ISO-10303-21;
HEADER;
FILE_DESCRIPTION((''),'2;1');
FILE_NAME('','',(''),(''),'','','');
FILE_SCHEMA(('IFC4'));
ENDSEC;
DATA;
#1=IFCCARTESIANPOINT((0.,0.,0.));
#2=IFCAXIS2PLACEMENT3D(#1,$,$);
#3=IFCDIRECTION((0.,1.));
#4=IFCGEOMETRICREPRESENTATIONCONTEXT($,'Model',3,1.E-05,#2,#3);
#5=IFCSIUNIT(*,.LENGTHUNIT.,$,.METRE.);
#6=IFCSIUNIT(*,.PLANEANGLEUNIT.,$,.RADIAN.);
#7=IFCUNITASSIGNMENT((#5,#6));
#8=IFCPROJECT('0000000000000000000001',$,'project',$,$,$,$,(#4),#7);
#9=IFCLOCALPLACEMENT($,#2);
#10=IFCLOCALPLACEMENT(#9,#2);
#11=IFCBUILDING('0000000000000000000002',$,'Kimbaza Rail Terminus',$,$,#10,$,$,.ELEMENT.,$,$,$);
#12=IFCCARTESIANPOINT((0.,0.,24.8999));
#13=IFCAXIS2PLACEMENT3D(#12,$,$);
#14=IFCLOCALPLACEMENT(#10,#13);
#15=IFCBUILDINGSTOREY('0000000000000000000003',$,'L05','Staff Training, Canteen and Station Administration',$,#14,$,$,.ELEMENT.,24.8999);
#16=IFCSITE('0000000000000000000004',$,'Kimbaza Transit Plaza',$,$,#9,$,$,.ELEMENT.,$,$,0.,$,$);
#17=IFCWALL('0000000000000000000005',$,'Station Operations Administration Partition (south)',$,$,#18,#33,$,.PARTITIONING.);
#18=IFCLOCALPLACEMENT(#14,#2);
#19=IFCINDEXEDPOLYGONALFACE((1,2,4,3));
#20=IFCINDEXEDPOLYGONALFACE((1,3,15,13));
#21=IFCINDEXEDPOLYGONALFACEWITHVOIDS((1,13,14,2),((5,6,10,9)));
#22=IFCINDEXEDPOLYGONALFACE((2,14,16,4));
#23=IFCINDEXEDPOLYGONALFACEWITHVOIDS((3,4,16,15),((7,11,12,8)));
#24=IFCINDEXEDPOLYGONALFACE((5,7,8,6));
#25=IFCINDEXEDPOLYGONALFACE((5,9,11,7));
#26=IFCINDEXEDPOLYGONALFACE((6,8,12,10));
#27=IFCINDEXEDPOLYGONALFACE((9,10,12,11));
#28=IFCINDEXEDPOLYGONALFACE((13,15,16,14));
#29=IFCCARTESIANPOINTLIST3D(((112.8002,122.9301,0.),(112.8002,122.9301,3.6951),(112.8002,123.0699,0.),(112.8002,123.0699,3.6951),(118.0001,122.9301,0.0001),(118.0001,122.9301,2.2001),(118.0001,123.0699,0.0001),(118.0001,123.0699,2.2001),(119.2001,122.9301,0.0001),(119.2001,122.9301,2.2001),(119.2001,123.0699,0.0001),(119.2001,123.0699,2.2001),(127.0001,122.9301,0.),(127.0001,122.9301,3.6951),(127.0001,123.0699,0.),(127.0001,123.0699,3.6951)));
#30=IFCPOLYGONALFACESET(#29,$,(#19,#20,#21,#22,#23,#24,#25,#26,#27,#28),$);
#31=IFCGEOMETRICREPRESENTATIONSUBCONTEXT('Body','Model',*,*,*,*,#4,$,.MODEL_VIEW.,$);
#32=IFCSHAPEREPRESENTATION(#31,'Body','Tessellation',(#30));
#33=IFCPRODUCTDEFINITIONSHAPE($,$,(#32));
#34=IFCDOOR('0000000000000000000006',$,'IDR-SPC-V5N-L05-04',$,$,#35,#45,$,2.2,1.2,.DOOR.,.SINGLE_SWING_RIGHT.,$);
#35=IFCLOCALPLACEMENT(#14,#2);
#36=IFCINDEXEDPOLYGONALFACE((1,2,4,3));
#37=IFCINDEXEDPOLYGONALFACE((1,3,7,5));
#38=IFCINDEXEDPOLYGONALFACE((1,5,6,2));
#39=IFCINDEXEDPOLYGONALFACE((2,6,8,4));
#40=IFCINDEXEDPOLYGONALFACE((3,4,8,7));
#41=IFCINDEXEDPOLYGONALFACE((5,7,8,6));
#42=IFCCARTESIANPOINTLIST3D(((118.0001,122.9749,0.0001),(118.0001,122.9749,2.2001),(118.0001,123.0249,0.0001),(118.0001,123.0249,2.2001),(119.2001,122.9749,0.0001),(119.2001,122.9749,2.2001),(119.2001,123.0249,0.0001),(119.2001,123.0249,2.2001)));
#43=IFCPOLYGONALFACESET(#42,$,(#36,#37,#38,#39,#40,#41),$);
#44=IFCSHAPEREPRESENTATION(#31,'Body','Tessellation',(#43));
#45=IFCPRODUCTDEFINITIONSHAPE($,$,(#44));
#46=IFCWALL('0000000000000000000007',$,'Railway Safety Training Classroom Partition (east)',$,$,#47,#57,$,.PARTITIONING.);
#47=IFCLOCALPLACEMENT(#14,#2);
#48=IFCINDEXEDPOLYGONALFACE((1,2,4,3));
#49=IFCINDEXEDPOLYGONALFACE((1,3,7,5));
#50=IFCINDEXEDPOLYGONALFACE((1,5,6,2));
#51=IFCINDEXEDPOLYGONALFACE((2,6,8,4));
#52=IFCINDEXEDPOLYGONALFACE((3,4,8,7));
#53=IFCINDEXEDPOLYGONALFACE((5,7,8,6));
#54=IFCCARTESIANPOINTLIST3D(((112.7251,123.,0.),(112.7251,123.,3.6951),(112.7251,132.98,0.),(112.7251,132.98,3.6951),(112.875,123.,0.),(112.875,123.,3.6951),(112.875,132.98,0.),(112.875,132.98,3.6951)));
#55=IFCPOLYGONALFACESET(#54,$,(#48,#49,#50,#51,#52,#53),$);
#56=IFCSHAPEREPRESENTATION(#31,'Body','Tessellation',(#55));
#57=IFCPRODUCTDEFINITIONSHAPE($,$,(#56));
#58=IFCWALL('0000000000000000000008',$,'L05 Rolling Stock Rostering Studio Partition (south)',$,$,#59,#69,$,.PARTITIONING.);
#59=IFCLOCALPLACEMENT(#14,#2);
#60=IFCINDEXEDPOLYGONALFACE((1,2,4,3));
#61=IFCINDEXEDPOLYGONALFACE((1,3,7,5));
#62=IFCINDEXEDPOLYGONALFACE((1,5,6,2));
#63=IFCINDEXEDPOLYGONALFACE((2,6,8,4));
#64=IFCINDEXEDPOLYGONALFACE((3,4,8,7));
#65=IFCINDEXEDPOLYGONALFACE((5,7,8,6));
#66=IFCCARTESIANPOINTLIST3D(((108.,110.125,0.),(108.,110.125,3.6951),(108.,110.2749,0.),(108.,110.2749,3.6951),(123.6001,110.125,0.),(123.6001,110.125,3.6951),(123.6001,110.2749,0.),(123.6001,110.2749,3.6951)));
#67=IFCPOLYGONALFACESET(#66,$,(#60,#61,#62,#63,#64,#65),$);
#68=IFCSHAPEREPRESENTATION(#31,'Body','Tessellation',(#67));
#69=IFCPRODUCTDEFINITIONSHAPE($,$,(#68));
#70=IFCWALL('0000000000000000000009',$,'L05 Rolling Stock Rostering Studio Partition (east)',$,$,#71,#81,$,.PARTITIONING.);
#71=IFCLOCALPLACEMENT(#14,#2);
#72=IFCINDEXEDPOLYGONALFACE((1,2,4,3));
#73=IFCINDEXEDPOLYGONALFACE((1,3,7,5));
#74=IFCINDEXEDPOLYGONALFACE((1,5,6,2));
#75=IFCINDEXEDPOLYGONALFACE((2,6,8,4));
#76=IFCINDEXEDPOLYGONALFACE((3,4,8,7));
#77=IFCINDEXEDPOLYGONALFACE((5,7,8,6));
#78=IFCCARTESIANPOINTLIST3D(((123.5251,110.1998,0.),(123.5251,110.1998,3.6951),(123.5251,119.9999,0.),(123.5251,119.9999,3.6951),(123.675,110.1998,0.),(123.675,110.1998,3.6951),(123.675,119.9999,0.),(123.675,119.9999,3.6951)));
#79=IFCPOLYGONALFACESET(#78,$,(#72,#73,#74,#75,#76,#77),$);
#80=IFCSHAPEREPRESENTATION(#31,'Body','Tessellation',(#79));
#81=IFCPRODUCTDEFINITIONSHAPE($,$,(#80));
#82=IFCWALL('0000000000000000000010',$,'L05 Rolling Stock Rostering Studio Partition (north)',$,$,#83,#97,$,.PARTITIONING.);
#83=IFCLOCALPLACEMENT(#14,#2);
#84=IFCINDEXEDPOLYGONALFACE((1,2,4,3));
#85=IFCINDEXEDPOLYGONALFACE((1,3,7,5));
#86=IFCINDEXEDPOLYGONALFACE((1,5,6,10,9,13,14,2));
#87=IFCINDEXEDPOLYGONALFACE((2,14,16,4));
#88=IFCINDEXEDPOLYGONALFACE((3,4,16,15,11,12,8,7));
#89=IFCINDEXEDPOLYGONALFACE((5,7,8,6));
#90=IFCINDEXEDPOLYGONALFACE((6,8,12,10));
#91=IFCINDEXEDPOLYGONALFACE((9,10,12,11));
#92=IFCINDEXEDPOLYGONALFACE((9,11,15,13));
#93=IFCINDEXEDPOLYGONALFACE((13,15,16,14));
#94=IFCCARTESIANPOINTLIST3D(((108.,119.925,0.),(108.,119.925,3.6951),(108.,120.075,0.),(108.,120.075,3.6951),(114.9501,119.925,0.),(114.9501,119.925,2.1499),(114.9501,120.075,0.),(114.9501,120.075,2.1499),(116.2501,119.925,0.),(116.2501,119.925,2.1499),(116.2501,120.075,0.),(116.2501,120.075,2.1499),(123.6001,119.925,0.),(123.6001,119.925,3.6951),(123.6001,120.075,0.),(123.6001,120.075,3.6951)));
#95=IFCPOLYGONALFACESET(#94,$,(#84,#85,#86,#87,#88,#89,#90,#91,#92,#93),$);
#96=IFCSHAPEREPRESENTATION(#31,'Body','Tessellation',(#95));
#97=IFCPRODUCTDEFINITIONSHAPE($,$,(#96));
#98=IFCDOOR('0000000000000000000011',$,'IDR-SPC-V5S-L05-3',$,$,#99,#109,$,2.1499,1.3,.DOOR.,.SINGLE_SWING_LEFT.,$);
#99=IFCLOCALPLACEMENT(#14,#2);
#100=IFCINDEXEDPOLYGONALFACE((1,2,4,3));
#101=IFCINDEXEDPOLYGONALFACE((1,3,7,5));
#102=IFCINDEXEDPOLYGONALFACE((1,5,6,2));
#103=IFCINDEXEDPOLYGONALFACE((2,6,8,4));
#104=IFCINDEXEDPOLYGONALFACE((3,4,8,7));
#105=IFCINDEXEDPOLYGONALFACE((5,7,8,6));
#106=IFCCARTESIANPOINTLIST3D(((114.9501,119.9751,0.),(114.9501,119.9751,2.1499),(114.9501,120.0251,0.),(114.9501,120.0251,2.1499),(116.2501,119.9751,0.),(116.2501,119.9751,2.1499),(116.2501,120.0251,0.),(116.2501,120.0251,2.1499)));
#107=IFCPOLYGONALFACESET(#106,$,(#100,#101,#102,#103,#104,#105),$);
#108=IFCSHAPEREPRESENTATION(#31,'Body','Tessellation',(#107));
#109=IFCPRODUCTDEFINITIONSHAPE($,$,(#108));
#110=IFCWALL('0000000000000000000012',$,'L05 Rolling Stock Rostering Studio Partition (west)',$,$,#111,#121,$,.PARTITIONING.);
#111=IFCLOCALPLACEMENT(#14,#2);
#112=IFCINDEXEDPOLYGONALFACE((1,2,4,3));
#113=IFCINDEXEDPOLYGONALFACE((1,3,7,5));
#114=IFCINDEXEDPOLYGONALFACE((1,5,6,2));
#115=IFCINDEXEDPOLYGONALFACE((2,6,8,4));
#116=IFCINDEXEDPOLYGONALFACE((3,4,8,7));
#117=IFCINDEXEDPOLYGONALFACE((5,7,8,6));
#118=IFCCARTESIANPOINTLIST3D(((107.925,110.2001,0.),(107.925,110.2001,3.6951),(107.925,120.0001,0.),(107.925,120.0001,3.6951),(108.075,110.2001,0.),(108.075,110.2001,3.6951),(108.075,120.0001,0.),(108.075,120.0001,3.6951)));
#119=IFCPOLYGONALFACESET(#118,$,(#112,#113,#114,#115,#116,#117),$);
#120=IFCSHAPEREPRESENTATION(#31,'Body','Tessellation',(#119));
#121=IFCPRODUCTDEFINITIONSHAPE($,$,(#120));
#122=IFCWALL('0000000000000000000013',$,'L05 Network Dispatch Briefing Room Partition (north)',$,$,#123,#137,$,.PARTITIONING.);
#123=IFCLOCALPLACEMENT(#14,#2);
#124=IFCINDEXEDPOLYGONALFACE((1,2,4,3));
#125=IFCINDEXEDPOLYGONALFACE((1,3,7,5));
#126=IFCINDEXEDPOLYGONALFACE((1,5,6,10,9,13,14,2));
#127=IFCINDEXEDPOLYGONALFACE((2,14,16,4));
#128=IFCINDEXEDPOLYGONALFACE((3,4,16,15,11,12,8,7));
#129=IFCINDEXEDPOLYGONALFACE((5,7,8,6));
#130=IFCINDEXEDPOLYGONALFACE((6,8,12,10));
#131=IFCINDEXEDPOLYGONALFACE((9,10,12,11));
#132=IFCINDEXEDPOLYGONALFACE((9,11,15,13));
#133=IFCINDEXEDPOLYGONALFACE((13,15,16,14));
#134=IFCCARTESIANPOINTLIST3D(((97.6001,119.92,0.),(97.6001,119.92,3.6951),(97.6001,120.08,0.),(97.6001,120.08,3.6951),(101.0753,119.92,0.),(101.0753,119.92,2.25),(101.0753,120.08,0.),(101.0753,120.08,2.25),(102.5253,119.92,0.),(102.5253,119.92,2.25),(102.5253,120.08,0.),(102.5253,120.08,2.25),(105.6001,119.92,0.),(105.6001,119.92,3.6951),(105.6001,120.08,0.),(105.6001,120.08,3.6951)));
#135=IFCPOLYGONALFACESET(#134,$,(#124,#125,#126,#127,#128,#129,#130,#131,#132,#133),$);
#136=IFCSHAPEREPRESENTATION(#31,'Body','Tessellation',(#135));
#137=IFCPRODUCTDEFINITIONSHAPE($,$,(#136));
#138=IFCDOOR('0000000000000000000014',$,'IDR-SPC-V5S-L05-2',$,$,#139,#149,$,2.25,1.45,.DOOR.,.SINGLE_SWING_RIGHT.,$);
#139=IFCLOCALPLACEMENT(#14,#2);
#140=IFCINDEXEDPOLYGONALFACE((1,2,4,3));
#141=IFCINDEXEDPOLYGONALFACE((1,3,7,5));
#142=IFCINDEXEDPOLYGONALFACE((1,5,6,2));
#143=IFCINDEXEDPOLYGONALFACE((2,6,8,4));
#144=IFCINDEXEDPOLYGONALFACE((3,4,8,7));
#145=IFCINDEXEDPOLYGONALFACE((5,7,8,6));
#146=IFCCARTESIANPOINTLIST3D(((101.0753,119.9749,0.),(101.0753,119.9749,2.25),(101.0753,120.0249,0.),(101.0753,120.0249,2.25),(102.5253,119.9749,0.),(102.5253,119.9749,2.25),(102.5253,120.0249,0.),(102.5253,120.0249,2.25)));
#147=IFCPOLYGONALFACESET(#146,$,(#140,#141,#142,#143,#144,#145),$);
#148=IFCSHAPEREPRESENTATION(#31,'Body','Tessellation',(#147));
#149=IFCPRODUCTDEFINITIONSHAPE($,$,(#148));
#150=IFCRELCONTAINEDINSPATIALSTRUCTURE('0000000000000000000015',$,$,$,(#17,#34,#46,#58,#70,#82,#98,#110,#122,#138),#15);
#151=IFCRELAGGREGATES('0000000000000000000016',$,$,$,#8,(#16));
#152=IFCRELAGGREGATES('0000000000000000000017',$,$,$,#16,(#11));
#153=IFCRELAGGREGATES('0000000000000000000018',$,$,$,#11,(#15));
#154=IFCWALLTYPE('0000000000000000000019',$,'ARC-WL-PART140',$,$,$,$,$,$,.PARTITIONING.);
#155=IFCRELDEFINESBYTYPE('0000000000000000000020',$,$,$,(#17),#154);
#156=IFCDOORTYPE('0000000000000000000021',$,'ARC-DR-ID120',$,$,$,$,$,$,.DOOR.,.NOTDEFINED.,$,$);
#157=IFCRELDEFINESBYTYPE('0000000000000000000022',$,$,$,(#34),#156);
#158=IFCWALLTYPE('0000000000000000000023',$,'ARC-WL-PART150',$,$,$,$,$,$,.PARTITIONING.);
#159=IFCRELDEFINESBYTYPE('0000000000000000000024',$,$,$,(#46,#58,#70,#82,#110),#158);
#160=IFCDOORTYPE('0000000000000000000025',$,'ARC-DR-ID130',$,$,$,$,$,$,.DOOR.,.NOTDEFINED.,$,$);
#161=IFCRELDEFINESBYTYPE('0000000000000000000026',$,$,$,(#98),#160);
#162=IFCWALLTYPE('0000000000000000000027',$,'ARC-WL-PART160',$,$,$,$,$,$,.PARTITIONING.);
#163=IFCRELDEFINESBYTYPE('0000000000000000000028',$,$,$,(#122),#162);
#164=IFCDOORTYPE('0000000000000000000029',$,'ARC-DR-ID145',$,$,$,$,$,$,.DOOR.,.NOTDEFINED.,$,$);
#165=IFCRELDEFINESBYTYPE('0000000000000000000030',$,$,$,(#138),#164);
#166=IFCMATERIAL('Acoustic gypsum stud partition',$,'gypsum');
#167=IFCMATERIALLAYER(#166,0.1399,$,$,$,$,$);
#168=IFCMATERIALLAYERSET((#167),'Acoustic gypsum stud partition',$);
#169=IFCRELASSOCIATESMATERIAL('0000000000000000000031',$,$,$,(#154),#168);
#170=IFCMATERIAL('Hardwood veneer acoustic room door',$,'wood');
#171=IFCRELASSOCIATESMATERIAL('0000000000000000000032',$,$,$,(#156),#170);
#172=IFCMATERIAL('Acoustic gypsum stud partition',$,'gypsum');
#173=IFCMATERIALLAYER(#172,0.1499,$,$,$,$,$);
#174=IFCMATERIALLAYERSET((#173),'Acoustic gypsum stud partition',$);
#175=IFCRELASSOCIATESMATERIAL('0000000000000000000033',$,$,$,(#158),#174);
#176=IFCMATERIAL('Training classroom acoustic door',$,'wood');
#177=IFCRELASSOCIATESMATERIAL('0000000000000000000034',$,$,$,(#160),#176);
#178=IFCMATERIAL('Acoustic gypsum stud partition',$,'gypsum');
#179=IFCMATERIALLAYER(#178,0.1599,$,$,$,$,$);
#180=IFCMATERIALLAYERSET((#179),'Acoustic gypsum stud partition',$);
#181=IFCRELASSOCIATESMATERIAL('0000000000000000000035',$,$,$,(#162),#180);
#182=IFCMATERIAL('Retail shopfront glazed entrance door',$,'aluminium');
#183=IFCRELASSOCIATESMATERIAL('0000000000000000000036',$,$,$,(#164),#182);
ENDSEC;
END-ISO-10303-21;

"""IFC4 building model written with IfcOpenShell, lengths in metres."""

from ifc_helpers import new_model, si_unit, direction, frame, frame_2d, origin, place, context, subcontext, project, spatial, rectangle, extrude, material, layer, layer_set, type_object, element, fill, save


model = new_model("IFC4")

# Units and contexts
model_context = context("Model", 3, precision=1e-05, world=origin(), true_north=direction((0.0, 1.0)))
body_context = subcontext(model_context, "Body", "Model", "MODEL_VIEW")
ifc_project = project(units=[si_unit("LENGTHUNIT", "METRE"), si_unit("PLANEANGLEUNIT", "RADIAN")], contexts=[model_context])

# Site, building, storey
site_placement = place(None, origin())
site = spatial("IfcSite", under=ifc_project, at=site_placement, Name="Kimbaza Transit Plaza", CompositionType="ELEMENT", RefElevation=0.0)
building_placement = place(site_placement, origin())
building = spatial("IfcBuilding", under=site, at=building_placement, Name="Kimbaza Rail Terminus", CompositionType="ELEMENT")
storey_placement = place(building_placement, frame((0.0, 0.0, 24.8999)))
storey = spatial("IfcBuildingStorey", under=building, at=storey_placement, Name="L05", Description="Staff Training, Canteen and Station Administration", CompositionType="ELEMENT", Elevation=24.8999)

# Wall, opening, door
ifc_material_1 = material(Name="Acoustic gypsum stud partition", Category="gypsum")
ifc_layer_1 = layer(ifc_material_1, 0.1399)
ifc_layer_set_1 = layer_set([ifc_layer_1], Name="Acoustic gypsum stud partition")
wall_type_1 = type_object("IfcWallType", Name="ARC-WL-PART140", PredefinedType="PARTITIONING", material=ifc_layer_set_1)
wall_1_placement = place(storey_placement, frame((112.8, 123.0, 0.0), z_axis=(0.0, 0.0, 1.0), x_axis=(1.0, 0.0, 0.0)))
wall_1 = element("IfcWall", 1, at=wall_1_placement, inside=storey, type_object=wall_type_1, Name="Station Operations Administration Partition (south)", PredefinedType="PARTITIONING", context=body_context, shape_type="SweptSolid", body=[
    extrude(rectangle(XDim=14.2, YDim=0.1399, at=frame_2d((7.1001, 0.0))), origin(), (0.0, 0.0, 1.0), 3.6951),
])
opening_1_placement = place(wall_1_placement, frame((5.2, 0.0, 0.0)))
opening_1 = element("IfcOpeningElement", 2, at=opening_1_placement, cuts=wall_1, PredefinedType="OPENING", context=body_context, shape_type="SweptSolid", body=[
    extrude(rectangle(XDim=1.2, YDim=2.2, at=frame_2d((0.6001, 1.1001))), frame((0.0, 0.0798, 0.0), z_axis=(0.0, -1.0, 0.0), x_axis=(1.0, 0.0, 0.0)), (0.0, 0.0, 1.0), 0.1599),
])
ifc_material_2 = material(Name="Hardwood veneer acoustic room door", Category="wood")
door_type_1 = type_object("IfcDoorType", Name="ARC-DR-ID120", OperationType="NOTDEFINED", PredefinedType="DOOR", material=ifc_material_2)
door_1_placement = place(opening_1_placement, origin())
door_1 = element("IfcDoor", 3, at=door_1_placement, inside=storey, type_object=door_type_1, Name="IDR-SPC-V5N-L05-04", OperationType="SINGLE_SWING_RIGHT", OverallHeight=2.2, OverallWidth=1.2, PredefinedType="DOOR", context=body_context, shape_type="SweptSolid", body=[
    extrude(rectangle(XDim=1.2, YDim=2.2, at=frame_2d((0.6001, 1.1001))), frame((0.0, 0.0249, 0.0), z_axis=(0.0, -1.0, 0.0), x_axis=(1.0, 0.0, 0.0)), (0.0, 0.0, 1.0), 0.05),
])
fill(opening_1, door_1)

# Walls
ifc_material_3 = material(Name="Acoustic gypsum stud partition", Category="gypsum")
ifc_layer_2 = layer(ifc_material_3, 0.1499)
ifc_layer_set_2 = layer_set([ifc_layer_2], Name="Acoustic gypsum stud partition")
wall_type_2 = type_object("IfcWallType", Name="ARC-WL-PART150", PredefinedType="PARTITIONING", material=ifc_layer_set_2)
wall_2_placement = place(storey_placement, frame((112.8, 123.0, 0.0), z_axis=(0.0, 0.0, 1.0), x_axis=(0.0, 1.0, 0.0)))
element("IfcWall", 4, at=wall_2_placement, inside=storey, type_object=wall_type_2, Name="Railway Safety Training Classroom Partition (east)", PredefinedType="PARTITIONING", context=body_context, shape_type="SweptSolid", body=[
    extrude(rectangle(XDim=9.98, YDim=0.1499, at=frame_2d((4.99, 0.0))), origin(), (0.0, 0.0, 1.0), 3.6951),
])
wall_3_placement = place(storey_placement, frame((108.0, 110.2, 0.0), z_axis=(0.0, 0.0, 1.0), x_axis=(1.0, 0.0, 0.0)))
element("IfcWall", 5, at=wall_3_placement, inside=storey, type_object=wall_type_2, Name="L05 Rolling Stock Rostering Studio Partition (south)", PredefinedType="PARTITIONING", context=body_context, shape_type="SweptSolid", body=[
    extrude(rectangle(XDim=15.6001, YDim=0.1499, at=frame_2d((7.8, 0.0))), origin(), (0.0, 0.0, 1.0), 3.6951),
])
wall_4_placement = place(storey_placement, frame((123.6001, 110.2, 0.0), z_axis=(0.0, 0.0, 1.0), x_axis=(0.0, 1.0, 0.0)))
element("IfcWall", 6, at=wall_4_placement, inside=storey, type_object=wall_type_2, Name="L05 Rolling Stock Rostering Studio Partition (east)", PredefinedType="PARTITIONING", context=body_context, shape_type="SweptSolid", body=[
    extrude(rectangle(XDim=9.8, YDim=0.1499, at=frame_2d((4.8999, 0.0))), origin(), (0.0, 0.0, 1.0), 3.6951),
])

# Wall, opening, door
wall_5_placement = place(storey_placement, frame((123.6001, 120.0, 0.0), z_axis=(0.0, 0.0, 1.0), x_axis=(-1.0, 0.0, 0.0)))
wall_5 = element("IfcWall", 7, at=wall_5_placement, inside=storey, type_object=wall_type_2, Name="L05 Rolling Stock Rostering Studio Partition (north)", PredefinedType="PARTITIONING", context=body_context, shape_type="SweptSolid", body=[
    extrude(rectangle(XDim=15.6001, YDim=0.1499, at=frame_2d((7.8, 0.0))), origin(), (0.0, 0.0, 1.0), 3.6951),
])
opening_2_placement = place(wall_5_placement, frame((7.3501, 0.0, 0.0)))
opening_2 = element("IfcOpeningElement", 8, at=opening_2_placement, cuts=wall_5, PredefinedType="OPENING", context=body_context, shape_type="SweptSolid", body=[
    extrude(rectangle(XDim=1.3, YDim=2.1499, at=frame_2d((0.6499, 1.075))), frame((0.0, 0.085, 0.0), z_axis=(0.0, -1.0, 0.0), x_axis=(1.0, 0.0, 0.0)), (0.0, 0.0, 1.0), 0.1699),
])
ifc_material_4 = material(Name="Training classroom acoustic door", Category="wood")
door_type_2 = type_object("IfcDoorType", Name="ARC-DR-ID130", OperationType="NOTDEFINED", PredefinedType="DOOR", material=ifc_material_4)
door_2_placement = place(opening_2_placement, origin())
door_2 = element("IfcDoor", 9, at=door_2_placement, inside=storey, type_object=door_type_2, Name="IDR-SPC-V5S-L05-3", OperationType="SINGLE_SWING_LEFT", OverallHeight=2.1499, OverallWidth=1.3, PredefinedType="DOOR", context=body_context, shape_type="SweptSolid", body=[
    extrude(rectangle(XDim=1.3, YDim=2.1499, at=frame_2d((0.6499, 1.075))), frame((0.0, 0.0249, 0.0), z_axis=(0.0, -1.0, 0.0), x_axis=(1.0, 0.0, 0.0)), (0.0, 0.0, 1.0), 0.05),
])
fill(opening_2, door_2)

# Wall
wall_6_placement = place(storey_placement, frame((108.0, 120.0, 0.0), z_axis=(0.0, 0.0, 1.0), x_axis=(0.0, -1.0, 0.0)))
element("IfcWall", 10, at=wall_6_placement, inside=storey, type_object=wall_type_2, Name="L05 Rolling Stock Rostering Studio Partition (west)", PredefinedType="PARTITIONING", context=body_context, shape_type="SweptSolid", body=[
    extrude(rectangle(XDim=9.8, YDim=0.1499, at=frame_2d((4.8999, 0.0))), origin(), (0.0, 0.0, 1.0), 3.6951),
])

# Wall, opening, door
ifc_material_5 = material(Name="Acoustic gypsum stud partition", Category="gypsum")
ifc_layer_3 = layer(ifc_material_5, 0.1599)
ifc_layer_set_3 = layer_set([ifc_layer_3], Name="Acoustic gypsum stud partition")
wall_type_3 = type_object("IfcWallType", Name="ARC-WL-PART160", PredefinedType="PARTITIONING", material=ifc_layer_set_3)
wall_7_placement = place(storey_placement, frame((105.6001, 120.0, 0.0), z_axis=(0.0, 0.0, 1.0), x_axis=(-1.0, 0.0, 0.0)))
wall_7 = element("IfcWall", 11, at=wall_7_placement, inside=storey, type_object=wall_type_3, Name="L05 Network Dispatch Briefing Room Partition (north)", PredefinedType="PARTITIONING", context=body_context, shape_type="SweptSolid", body=[
    extrude(rectangle(XDim=8.0, YDim=0.1599, at=frame_2d((4.0, 0.0))), origin(), (0.0, 0.0, 1.0), 3.6951),
])
opening_3_placement = place(wall_7_placement, frame((4.5249, 0.0, 0.0), z_axis=(0.0, 0.0, 1.0), x_axis=(-1.0, 0.0, 0.0)))
opening_3 = element("IfcOpeningElement", 12, at=opening_3_placement, cuts=wall_7, PredefinedType="OPENING", context=body_context, shape_type="SweptSolid", body=[
    extrude(rectangle(XDim=1.45, YDim=2.25, at=frame_2d((0.7251, 1.125))), frame((0.0, 0.0898, 0.0), z_axis=(0.0, -1.0, 0.0), x_axis=(1.0, 0.0, 0.0)), (0.0, 0.0, 1.0), 0.1799),
])
ifc_material_6 = material(Name="Retail shopfront glazed entrance door", Category="aluminium")
door_type_3 = type_object("IfcDoorType", Name="ARC-DR-ID145", OperationType="NOTDEFINED", PredefinedType="DOOR", material=ifc_material_6)
door_3_placement = place(opening_3_placement, origin())
door_3 = element("IfcDoor", 13, at=door_3_placement, inside=storey, type_object=door_type_3, Name="IDR-SPC-V5S-L05-2", OperationType="SINGLE_SWING_RIGHT", OverallHeight=2.25, OverallWidth=1.45, PredefinedType="DOOR", context=body_context, shape_type="SweptSolid", body=[
    extrude(rectangle(XDim=1.45, YDim=2.25, at=frame_2d((0.7251, 1.125))), frame((0.0, 0.0249, 0.0), z_axis=(0.0, -1.0, 0.0), x_axis=(1.0, 0.0, 0.0)), (0.0, 0.0, 1.0), 0.05),
])
fill(opening_3, door_3)

save(model, "model.ifc")
